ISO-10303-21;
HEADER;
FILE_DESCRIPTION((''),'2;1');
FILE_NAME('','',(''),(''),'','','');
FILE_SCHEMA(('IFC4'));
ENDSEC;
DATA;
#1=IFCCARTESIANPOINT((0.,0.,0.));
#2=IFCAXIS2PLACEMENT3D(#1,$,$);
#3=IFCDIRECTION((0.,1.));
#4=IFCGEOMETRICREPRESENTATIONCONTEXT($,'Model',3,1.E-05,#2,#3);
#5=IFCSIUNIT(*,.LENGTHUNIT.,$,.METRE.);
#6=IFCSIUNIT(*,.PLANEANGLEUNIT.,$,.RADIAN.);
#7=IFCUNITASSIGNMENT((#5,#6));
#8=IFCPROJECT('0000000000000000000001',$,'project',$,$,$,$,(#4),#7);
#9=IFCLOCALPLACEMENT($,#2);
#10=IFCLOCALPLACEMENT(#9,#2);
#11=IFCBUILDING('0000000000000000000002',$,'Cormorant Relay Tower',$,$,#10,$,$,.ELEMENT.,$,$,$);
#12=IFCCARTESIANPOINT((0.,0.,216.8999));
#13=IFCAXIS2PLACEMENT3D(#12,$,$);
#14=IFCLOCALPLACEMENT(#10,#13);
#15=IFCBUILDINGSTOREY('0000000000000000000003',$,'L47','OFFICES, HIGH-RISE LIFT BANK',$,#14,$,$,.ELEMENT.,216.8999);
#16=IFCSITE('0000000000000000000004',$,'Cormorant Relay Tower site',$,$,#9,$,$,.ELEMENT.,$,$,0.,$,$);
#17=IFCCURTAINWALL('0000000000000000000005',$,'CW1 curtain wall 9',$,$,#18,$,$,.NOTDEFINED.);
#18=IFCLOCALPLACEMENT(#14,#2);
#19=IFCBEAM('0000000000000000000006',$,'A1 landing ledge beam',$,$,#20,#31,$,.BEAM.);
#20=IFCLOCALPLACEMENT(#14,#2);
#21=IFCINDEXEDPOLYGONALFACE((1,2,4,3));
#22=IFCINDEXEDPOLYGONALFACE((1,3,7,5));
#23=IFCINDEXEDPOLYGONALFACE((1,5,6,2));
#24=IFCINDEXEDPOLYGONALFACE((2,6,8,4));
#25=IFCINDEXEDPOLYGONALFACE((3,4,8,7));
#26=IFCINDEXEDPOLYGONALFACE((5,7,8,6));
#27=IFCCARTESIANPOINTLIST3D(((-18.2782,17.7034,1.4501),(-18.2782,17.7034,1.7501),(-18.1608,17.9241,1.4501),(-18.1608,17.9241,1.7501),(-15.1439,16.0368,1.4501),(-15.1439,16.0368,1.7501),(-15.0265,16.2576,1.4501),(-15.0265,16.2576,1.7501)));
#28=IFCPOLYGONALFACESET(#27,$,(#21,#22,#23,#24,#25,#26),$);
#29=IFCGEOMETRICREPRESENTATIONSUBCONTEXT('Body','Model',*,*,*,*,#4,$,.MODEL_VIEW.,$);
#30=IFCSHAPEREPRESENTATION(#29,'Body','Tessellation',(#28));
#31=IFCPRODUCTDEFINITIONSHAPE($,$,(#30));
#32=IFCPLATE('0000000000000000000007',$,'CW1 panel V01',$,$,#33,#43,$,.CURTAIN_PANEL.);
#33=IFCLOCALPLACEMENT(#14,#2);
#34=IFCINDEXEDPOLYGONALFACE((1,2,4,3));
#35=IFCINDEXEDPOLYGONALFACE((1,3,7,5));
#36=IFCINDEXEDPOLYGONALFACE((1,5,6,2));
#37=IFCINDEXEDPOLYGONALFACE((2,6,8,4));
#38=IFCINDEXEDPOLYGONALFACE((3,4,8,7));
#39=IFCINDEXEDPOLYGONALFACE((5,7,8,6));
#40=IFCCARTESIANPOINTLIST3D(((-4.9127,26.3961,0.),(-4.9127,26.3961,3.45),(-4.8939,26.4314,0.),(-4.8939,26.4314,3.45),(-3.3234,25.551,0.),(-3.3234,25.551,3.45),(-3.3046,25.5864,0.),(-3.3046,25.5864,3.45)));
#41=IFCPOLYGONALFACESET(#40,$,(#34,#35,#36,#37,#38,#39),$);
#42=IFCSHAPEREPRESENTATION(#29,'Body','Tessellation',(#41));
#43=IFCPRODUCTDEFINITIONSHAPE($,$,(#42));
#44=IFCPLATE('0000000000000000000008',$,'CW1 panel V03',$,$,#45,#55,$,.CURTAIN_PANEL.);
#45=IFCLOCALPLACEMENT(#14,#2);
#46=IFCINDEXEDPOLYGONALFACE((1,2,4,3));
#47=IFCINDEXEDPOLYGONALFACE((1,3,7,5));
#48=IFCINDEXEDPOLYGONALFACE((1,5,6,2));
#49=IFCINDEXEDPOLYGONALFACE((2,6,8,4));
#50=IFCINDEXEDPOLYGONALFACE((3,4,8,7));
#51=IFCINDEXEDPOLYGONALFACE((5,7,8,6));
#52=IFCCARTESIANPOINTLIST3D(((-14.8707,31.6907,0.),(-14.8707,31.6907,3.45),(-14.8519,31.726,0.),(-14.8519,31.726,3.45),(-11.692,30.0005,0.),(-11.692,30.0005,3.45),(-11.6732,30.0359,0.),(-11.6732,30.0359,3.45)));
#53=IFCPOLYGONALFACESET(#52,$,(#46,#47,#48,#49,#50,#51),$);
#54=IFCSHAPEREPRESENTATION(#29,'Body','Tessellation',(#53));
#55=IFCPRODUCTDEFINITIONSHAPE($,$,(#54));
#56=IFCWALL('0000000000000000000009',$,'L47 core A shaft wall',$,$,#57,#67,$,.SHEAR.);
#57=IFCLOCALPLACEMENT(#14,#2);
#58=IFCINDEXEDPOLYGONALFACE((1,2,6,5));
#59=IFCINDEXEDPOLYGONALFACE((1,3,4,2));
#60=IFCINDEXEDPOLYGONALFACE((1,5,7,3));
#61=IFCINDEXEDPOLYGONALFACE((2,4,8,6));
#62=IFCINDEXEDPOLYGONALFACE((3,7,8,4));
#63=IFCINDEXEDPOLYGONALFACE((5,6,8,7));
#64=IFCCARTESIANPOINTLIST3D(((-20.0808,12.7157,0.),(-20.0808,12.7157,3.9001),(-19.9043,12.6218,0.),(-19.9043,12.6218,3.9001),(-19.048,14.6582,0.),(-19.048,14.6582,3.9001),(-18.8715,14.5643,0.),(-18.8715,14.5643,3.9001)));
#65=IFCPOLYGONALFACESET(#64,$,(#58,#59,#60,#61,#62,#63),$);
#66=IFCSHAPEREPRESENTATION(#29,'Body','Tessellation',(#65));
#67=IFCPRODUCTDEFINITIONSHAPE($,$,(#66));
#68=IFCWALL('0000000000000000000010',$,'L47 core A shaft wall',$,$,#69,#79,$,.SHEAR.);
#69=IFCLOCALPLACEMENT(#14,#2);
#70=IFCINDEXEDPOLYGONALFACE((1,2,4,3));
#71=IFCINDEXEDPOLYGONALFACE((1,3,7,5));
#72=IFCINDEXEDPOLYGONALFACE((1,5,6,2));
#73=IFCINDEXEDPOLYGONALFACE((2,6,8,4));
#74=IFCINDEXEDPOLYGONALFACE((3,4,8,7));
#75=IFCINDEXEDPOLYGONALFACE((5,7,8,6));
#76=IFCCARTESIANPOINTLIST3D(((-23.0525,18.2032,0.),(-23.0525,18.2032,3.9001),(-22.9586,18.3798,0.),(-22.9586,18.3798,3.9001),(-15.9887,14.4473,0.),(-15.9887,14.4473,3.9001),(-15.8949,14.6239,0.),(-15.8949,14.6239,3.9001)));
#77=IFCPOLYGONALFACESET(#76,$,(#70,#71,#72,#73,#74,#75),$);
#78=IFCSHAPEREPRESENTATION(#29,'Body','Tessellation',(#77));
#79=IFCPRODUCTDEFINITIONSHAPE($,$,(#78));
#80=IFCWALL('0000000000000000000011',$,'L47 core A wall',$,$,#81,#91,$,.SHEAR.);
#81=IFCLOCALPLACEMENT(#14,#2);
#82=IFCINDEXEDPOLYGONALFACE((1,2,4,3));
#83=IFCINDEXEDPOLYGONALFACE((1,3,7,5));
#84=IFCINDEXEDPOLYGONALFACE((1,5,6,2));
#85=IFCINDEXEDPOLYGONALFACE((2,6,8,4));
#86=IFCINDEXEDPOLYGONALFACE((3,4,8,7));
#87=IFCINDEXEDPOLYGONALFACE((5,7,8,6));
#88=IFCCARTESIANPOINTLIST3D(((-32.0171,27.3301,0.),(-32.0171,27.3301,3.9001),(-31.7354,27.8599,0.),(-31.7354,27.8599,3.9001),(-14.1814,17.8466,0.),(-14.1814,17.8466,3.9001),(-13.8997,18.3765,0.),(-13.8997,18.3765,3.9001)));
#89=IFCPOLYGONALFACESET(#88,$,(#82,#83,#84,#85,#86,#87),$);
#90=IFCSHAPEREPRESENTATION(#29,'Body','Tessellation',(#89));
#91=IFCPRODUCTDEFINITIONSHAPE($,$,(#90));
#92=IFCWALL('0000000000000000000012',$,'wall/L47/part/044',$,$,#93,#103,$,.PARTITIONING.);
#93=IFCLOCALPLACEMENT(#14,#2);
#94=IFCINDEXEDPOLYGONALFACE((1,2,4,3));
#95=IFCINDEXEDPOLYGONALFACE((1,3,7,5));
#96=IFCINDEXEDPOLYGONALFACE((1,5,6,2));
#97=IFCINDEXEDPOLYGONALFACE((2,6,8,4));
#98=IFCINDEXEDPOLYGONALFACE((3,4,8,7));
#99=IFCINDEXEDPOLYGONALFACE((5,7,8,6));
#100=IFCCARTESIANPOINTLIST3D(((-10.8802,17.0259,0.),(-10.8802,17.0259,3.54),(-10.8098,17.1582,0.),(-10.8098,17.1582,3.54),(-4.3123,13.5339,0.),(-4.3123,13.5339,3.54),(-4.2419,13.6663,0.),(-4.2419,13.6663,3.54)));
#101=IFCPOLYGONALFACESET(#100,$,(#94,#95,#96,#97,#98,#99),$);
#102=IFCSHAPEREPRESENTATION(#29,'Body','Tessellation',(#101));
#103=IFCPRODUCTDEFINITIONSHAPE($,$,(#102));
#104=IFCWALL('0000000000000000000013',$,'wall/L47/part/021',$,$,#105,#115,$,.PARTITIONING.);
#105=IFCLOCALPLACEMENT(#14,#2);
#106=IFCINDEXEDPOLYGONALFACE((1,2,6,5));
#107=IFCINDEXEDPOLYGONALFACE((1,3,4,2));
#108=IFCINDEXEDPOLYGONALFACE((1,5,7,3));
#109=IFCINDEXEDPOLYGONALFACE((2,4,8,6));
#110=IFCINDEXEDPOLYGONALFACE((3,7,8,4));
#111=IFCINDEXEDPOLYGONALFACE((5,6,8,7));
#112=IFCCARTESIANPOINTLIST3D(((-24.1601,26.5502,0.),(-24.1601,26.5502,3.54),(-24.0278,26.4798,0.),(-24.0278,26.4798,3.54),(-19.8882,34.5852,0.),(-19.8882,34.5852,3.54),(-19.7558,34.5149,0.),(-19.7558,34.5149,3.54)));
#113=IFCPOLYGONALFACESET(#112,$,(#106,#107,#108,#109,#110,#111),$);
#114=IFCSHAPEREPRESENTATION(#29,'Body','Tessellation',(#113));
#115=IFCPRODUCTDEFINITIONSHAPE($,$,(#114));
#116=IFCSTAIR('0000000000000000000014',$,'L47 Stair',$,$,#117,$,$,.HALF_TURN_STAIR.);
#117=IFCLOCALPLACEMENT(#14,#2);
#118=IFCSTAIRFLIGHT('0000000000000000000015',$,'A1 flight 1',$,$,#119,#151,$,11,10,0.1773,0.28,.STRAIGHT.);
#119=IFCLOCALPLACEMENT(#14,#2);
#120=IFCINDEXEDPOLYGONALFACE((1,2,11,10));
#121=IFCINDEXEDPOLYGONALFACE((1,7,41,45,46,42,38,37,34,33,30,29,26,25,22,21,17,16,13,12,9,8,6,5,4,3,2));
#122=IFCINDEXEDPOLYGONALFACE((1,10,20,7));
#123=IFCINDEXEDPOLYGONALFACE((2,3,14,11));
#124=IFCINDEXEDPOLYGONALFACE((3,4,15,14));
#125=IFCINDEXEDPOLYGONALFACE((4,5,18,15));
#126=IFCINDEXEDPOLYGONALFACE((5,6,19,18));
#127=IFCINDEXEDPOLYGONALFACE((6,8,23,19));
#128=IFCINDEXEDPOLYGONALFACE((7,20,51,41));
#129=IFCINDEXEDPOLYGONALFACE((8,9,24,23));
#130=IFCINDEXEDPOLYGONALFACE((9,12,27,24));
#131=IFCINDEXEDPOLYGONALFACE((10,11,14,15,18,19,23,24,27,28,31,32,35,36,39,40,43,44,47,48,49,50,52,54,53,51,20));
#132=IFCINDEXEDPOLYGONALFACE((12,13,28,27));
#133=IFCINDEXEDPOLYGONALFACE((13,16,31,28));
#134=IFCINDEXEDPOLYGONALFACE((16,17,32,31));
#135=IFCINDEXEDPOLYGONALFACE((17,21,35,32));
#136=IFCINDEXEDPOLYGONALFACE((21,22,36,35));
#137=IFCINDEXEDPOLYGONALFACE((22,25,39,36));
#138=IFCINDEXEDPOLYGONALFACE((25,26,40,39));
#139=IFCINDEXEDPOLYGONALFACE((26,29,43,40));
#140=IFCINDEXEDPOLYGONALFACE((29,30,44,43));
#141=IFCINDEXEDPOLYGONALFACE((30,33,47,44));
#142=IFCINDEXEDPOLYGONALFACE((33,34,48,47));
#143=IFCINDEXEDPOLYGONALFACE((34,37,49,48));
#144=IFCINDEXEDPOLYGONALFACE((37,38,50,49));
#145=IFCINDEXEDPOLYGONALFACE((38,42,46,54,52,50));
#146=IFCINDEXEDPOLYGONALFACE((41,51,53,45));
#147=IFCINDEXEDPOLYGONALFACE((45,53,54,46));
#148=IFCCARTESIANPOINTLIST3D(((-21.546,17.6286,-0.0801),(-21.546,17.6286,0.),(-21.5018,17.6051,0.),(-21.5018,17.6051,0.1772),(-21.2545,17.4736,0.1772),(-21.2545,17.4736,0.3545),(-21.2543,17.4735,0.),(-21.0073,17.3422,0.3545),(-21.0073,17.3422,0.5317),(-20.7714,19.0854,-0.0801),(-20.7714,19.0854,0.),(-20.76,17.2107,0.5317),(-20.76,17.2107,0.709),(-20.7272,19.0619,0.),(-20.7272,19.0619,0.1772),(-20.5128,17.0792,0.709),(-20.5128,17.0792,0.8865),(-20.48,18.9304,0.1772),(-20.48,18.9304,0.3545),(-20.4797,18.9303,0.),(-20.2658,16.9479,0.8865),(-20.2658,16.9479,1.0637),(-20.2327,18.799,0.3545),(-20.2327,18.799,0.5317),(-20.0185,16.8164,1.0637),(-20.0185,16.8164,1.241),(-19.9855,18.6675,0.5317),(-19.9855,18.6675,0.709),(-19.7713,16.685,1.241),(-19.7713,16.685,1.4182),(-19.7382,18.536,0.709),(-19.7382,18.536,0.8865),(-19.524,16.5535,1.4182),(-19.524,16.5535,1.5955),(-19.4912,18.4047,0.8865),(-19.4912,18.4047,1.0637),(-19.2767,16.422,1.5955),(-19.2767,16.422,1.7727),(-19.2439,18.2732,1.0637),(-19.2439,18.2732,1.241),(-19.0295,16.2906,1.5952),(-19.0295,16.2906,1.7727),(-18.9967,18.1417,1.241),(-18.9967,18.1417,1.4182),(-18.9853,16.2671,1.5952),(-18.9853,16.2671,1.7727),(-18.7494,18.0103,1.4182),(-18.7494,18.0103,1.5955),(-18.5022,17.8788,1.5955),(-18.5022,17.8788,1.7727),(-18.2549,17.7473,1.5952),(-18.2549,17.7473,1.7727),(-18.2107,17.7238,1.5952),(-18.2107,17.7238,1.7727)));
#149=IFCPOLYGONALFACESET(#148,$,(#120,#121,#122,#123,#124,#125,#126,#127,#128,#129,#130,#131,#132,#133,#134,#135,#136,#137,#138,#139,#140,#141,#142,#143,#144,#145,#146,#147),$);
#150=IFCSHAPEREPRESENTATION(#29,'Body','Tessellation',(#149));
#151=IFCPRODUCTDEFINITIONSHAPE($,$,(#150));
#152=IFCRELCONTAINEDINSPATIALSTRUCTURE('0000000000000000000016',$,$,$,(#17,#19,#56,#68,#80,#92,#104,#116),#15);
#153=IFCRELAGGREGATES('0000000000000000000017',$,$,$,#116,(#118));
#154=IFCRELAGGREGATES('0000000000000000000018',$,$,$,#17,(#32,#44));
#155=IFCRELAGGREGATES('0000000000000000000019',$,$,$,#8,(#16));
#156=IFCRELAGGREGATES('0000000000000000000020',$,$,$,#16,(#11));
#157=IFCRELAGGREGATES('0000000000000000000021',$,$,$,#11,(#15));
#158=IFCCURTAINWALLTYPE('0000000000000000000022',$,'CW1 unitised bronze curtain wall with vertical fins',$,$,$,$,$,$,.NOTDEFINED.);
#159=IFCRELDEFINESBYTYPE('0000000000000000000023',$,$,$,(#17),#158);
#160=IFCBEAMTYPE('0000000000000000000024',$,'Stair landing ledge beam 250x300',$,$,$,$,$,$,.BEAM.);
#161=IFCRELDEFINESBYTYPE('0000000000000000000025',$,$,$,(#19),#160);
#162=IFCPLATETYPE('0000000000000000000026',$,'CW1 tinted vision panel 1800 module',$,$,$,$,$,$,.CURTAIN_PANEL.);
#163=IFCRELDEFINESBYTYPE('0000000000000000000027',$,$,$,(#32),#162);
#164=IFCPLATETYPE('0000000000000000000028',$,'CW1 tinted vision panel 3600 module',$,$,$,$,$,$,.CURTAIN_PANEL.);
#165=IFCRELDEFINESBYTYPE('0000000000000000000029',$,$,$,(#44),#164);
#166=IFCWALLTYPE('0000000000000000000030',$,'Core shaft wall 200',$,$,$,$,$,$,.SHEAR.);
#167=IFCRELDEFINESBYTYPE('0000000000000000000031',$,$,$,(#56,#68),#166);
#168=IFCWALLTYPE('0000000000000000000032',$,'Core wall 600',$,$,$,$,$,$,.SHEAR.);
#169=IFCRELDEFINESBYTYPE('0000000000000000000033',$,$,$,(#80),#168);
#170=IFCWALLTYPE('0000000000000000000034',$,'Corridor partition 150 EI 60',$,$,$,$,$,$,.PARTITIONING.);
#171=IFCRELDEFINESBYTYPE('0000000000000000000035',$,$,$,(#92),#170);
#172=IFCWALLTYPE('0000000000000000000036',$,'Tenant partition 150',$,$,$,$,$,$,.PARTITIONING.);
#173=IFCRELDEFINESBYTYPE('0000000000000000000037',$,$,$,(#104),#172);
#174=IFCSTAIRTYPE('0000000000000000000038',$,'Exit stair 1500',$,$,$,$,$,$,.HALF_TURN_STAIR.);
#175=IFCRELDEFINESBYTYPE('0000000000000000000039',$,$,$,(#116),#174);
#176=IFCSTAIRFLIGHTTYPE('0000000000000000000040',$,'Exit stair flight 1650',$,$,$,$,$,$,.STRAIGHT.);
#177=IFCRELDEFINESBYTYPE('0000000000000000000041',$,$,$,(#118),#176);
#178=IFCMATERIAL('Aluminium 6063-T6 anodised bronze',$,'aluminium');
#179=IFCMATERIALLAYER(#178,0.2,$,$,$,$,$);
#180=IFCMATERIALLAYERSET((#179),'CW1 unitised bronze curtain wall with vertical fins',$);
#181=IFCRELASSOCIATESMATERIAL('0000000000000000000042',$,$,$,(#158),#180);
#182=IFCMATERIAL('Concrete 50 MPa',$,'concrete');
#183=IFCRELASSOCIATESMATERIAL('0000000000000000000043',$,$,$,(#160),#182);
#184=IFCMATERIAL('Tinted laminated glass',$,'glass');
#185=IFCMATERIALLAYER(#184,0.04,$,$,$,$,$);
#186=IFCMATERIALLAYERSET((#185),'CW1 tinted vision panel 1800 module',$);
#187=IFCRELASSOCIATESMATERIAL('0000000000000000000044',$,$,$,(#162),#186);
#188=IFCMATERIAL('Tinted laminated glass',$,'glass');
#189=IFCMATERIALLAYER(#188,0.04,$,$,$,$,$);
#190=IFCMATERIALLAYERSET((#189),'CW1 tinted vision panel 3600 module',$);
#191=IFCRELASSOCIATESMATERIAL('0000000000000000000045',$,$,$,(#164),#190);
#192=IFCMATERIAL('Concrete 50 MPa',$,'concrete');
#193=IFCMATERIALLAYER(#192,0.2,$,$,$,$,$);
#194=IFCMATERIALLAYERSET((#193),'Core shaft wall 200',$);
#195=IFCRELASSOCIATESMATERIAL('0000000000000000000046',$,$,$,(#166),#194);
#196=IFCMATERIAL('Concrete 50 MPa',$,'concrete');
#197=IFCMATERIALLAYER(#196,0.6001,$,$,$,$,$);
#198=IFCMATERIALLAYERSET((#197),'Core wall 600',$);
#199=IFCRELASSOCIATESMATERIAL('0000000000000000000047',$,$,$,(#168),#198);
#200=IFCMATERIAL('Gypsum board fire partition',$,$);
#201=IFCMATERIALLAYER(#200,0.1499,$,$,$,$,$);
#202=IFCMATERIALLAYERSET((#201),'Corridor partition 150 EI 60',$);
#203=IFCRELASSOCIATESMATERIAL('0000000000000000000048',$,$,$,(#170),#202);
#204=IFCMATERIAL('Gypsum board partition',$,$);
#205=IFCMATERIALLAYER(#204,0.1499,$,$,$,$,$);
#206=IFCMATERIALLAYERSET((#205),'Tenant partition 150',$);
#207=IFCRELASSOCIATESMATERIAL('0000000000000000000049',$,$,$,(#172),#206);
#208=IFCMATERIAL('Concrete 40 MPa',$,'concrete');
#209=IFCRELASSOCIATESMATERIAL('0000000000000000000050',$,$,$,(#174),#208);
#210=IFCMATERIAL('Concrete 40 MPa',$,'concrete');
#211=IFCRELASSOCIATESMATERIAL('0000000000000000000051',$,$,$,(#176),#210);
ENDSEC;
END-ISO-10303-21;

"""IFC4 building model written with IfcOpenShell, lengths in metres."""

from ifc_helpers import new_model, si_unit, direction, frame, frame_2d, origin, origin_2d, place, context, subcontext, project, spatial, polyline, rectangle, outline, extrude, material, layer, layer_set, material_profile, profile_set, type_object, element, aggregate, save


model = new_model("IFC4")

# Units and contexts
model_context = context("Model", 3, precision=1e-05, world=origin(), true_north=direction((0.0, 1.0)))
body_context = subcontext(model_context, "Body", "Model", "MODEL_VIEW")
ifc_project = project(units=[si_unit("LENGTHUNIT", "METRE"), si_unit("PLANEANGLEUNIT", "RADIAN")], contexts=[model_context])

# Site, building, storey
site_placement = place(None, origin())
site = spatial("IfcSite", under=ifc_project, at=site_placement, Name="Cormorant Relay Tower site", CompositionType="ELEMENT", RefElevation=0.0)
building_placement = place(site_placement, origin())
building = spatial("IfcBuilding", under=site, at=building_placement, Name="Cormorant Relay Tower", CompositionType="ELEMENT")
storey_placement = place(building_placement, frame((0.0, 0.0, 216.8999)))
storey = spatial("IfcBuildingStorey", under=building, at=storey_placement, Name="L47", Description="OFFICES, HIGH-RISE LIFT BANK", CompositionType="ELEMENT", Elevation=216.8999)

# Curtain wall
ifc_material_1 = material(Name="Aluminium 6063-T6 anodised bronze", Category="aluminium")
ifc_layer_1 = layer(ifc_material_1, 0.2)
ifc_layer_set_1 = layer_set([ifc_layer_1], Name="CW1 unitised bronze curtain wall with vertical fins")
curtain_wall_type = type_object("IfcCurtainWallType", Name="CW1 unitised bronze curtain wall with vertical fins", PredefinedType="NOTDEFINED", material=ifc_layer_set_1)
curtain_wall_placement = place(storey_placement, origin())
curtain_wall = element("IfcCurtainWall", 1, at=curtain_wall_placement, inside=storey, type_object=curtain_wall_type, Name="CW1 curtain wall 9", PredefinedType="NOTDEFINED")

# Beam
ifc_material_2 = material(Name="Concrete 50 MPa", Category="concrete")
ifc_material_profile_1 = material_profile(ifc_material_2, rectangle(XDim=0.25, YDim=0.3, at=origin_2d()), Name="RC 250x300")
ifc_profile_set_1 = profile_set([ifc_material_profile_1], Name="Concrete 50 MPa")
beam_type_1 = type_object("IfcBeamType", Name="Stair landing ledge beam 250x300", PredefinedType="BEAM", material=ifc_profile_set_1)
beam_1_placement = place(storey_placement, frame((-18.2195, 17.8137, 1.6001), z_axis=(0.88295, -0.469467, 0.0), x_axis=(0.469467, 0.88295, 0.0)))
element("IfcBeam", 2, at=beam_1_placement, inside=storey, type_object=beam_type_1, Name="A1 landing ledge beam", PredefinedType="BEAM", context=body_context, shape_type="SweptSolid", body=[
    extrude(rectangle(XDim=0.25, YDim=0.3, at=origin_2d()), origin(), (0.0, 0.0, 1.0), 3.5498),
])

# Plates
ifc_material_3 = material(Name="Tinted laminated glass", Category="glass")
ifc_layer_2 = layer(ifc_material_3, 0.04)
ifc_layer_set_2 = layer_set([ifc_layer_2], Name="CW1 tinted vision panel 1800 module")
plate_type_1 = type_object("IfcPlateType", Name="CW1 tinted vision panel 1800 module", PredefinedType="CURTAIN_PANEL", material=ifc_layer_set_2)
plate_1_placement = place(storey_placement, frame((-4.1086, 25.9912, 0.0), z_axis=(0.0, 0.0, 1.0), x_axis=(-0.882948, 0.469472, 0.0)))
plate_1 = element("IfcPlate", 3, at=plate_1_placement, type_object=plate_type_1, Name="CW1 panel V01", PredefinedType="CURTAIN_PANEL", context=body_context, shape_type="SweptSolid", body=[
    extrude(rectangle(XDim=1.8, YDim=0.04, at=origin_2d()), origin(), (0.0, 0.0, 1.0), 3.45),
])
ifc_material_4 = material(Name="Tinted laminated glass", Category="glass")
ifc_layer_3 = layer(ifc_material_4, 0.04)
ifc_layer_set_3 = layer_set([ifc_layer_3], Name="CW1 tinted vision panel 3600 module")
plate_type_2 = type_object("IfcPlateType", Name="CW1 tinted vision panel 3600 module", PredefinedType="CURTAIN_PANEL", material=ifc_layer_set_3)
plate_2_placement = place(storey_placement, frame((-13.272, 30.8633, 0.0), z_axis=(0.0, 0.0, 1.0), x_axis=(-0.882948, 0.469472, 0.0)))
plate_2 = element("IfcPlate", 4, at=plate_2_placement, type_object=plate_type_2, Name="CW1 panel V03", PredefinedType="CURTAIN_PANEL", context=body_context, shape_type="SweptSolid", body=[
    extrude(rectangle(XDim=3.6001, YDim=0.04, at=origin_2d()), origin(), (0.0, 0.0, 1.0), 3.45),
])

# Walls
ifc_material_5 = material(Name="Concrete 50 MPa", Category="concrete")
ifc_layer_4 = layer(ifc_material_5, 0.2)
ifc_layer_set_4 = layer_set([ifc_layer_4], Name="Core shaft wall 200")
wall_type_1 = type_object("IfcWallType", Name="Core shaft wall 200", PredefinedType="SHEAR", material=ifc_layer_set_4)
wall_1_placement = place(storey_placement, frame((-18.9597, 14.6113, 0.0), z_axis=(0.0, 0.0, 1.0), x_axis=(-0.469447, -0.88296, 0.0)))
element("IfcWall", 5, at=wall_1_placement, inside=storey, type_object=wall_type_1, Name="L47 core A shaft wall", PredefinedType="SHEAR", context=body_context, shape_type="SweptSolid", body=[
    extrude(rectangle(XDim=2.2, YDim=0.2, at=frame_2d((1.1001, 0.0))), origin(), (0.0, 0.0, 1.0), 3.9001),
])
wall_2_placement = place(storey_placement, frame((-15.9419, 14.5356, 0.0), z_axis=(0.0, 0.0, 1.0), x_axis=(-0.882947, 0.469473, 0.0)))
element("IfcWall", 6, at=wall_2_placement, inside=storey, type_object=wall_type_1, Name="L47 core A shaft wall", PredefinedType="SHEAR", context=body_context, shape_type="SweptSolid", body=[
    extrude(rectangle(XDim=8.0002, YDim=0.2, at=frame_2d((4.0, 0.0))), origin(), (0.0, 0.0, 1.0), 3.9001),
])

# Shared definitions
ifc_material_6 = material(Name="Concrete 50 MPa", Category="concrete")
ifc_layer_5 = layer(ifc_material_6, 0.6001)
ifc_layer_set_5 = layer_set([ifc_layer_5], Name="Core wall 600")
wall_type_2 = type_object("IfcWallType", Name="Core wall 600", PredefinedType="SHEAR", material=ifc_layer_set_5)

# Walls
wall_3_placement = place(storey_placement, frame((-14.0405, 18.1116, 0.0), z_axis=(0.0, 0.0, 1.0), x_axis=(-0.882948, 0.469471, 0.0)))
element("IfcWall", 7, at=wall_3_placement, inside=storey, type_object=wall_type_2, Name="L47 core A wall", PredefinedType="SHEAR", context=body_context, shape_type="SweptSolid", body=[
    extrude(rectangle(XDim=20.2002, YDim=0.6001, at=frame_2d((10.1001, 0.0))), origin(), (0.0, 0.0, 1.0), 3.9001),
])
ifc_material_7 = material(Name="Gypsum board fire partition")
ifc_layer_6 = layer(ifc_material_7, 0.1499)
ifc_layer_set_6 = layer_set([ifc_layer_6], Name="Corridor partition 150 EI 60")
wall_type_3 = type_object("IfcWallType", Name="Corridor partition 150 EI 60", PredefinedType="PARTITIONING", material=ifc_layer_set_6)
wall_4_placement = place(storey_placement, frame((-10.845, 17.092, 0.0), z_axis=(0.0, 0.0, 1.0), x_axis=(0.882962, -0.469445, 0.0)))
element("IfcWall", 8, at=wall_4_placement, inside=storey, type_object=wall_type_3, Name="wall/L47/part/044", PredefinedType="PARTITIONING", context=body_context, shape_type="SweptSolid", body=[
    extrude(rectangle(XDim=7.4385, YDim=0.1499, at=frame_2d((3.7192, 0.0))), origin(), (0.0, 0.0, 1.0), 3.54),
])
ifc_material_8 = material(Name="Gypsum board partition")
ifc_layer_7 = layer(ifc_material_8, 0.1499)
ifc_layer_set_7 = layer_set([ifc_layer_7], Name="Tenant partition 150")
wall_type_4 = type_object("IfcWallType", Name="Tenant partition 150", PredefinedType="PARTITIONING", material=ifc_layer_set_7)
wall_5_placement = place(storey_placement, frame((-19.822, 34.55, 0.0), z_axis=(0.0, 0.0, 1.0), x_axis=(-0.469438, -0.882966, 0.0)))
element("IfcWall", 9, at=wall_5_placement, inside=storey, type_object=wall_type_4, Name="wall/L47/part/021", PredefinedType="PARTITIONING", context=body_context, shape_type="SweptSolid", body=[
    extrude(rectangle(XDim=9.1001, YDim=0.1499, at=frame_2d((4.55, 0.0))), origin(), (0.0, 0.0, 1.0), 3.54),
])

# Stair, stair flight
ifc_material_9 = material(Name="Concrete 40 MPa", Category="concrete")
stair_type = type_object("IfcStairType", Name="Exit stair 1500", PredefinedType="HALF_TURN_STAIR", material=ifc_material_9)
stair_placement = place(storey_placement, origin())
stair = element("IfcStair", 10, at=stair_placement, inside=storey, type_object=stair_type, Name="L47 Stair", PredefinedType="HALF_TURN_STAIR")
ifc_material_10 = material(Name="Concrete 40 MPa", Category="concrete")
stair_flight_type = type_object("IfcStairFlightType", Name="Exit stair flight 1650", PredefinedType="STRAIGHT", material=ifc_material_10)
stair_flight_1_placement = place(storey_placement, frame((-21.1145, 18.3335, 0.0), z_axis=(0.0, 0.0, 1.0), x_axis=(0.882948, -0.469472, 0.0)))
stair_flight_1 = element("IfcStairFlight", 11, at=stair_flight_1_placement, type_object=stair_flight_type, Name="A1 flight 1", NumberOfRisers=11, NumberOfTreads=10, PredefinedType="STRAIGHT", RiserHeight=0.1773, TreadLength=0.28, context=body_context, shape_type="SweptSolid", body=[
    extrude(outline(polyline([(-0.05, -0.0801), (-0.05, 0.0), (0.0, 0.0), (0.0, 0.1772), (0.28, 0.1772), (0.28, 0.3545), (0.5601, 0.3545), (0.5601, 0.5317), (0.8401, 0.5317), (0.8401, 0.709), (1.1201, 0.709), (1.1201, 0.8865), (1.3999, 0.8865), (1.3999, 1.0637), (1.6799, 1.0637), (1.6799, 1.241), (1.96, 1.241), (1.96, 1.4182), (2.24, 1.4182), (2.24, 1.5955), (2.52, 1.5955), (2.52, 1.7727), (2.8, 1.7727), (2.8501, 1.7727), (2.8501, 1.5952), (2.8, 1.5952), (0.2803, 0.0), (-0.05, -0.0801)])), frame((0.0, 0.825, 0.0), z_axis=(0.0, -1.0, 0.0), x_axis=(1.0, 0.0, 0.0)), (0.0, 0.0, 1.0), 1.6499),
])
aggregate(stair, [stair_flight_1])

aggregate(curtain_wall, [plate_1, plate_2])

save(model, "model.ifc")
